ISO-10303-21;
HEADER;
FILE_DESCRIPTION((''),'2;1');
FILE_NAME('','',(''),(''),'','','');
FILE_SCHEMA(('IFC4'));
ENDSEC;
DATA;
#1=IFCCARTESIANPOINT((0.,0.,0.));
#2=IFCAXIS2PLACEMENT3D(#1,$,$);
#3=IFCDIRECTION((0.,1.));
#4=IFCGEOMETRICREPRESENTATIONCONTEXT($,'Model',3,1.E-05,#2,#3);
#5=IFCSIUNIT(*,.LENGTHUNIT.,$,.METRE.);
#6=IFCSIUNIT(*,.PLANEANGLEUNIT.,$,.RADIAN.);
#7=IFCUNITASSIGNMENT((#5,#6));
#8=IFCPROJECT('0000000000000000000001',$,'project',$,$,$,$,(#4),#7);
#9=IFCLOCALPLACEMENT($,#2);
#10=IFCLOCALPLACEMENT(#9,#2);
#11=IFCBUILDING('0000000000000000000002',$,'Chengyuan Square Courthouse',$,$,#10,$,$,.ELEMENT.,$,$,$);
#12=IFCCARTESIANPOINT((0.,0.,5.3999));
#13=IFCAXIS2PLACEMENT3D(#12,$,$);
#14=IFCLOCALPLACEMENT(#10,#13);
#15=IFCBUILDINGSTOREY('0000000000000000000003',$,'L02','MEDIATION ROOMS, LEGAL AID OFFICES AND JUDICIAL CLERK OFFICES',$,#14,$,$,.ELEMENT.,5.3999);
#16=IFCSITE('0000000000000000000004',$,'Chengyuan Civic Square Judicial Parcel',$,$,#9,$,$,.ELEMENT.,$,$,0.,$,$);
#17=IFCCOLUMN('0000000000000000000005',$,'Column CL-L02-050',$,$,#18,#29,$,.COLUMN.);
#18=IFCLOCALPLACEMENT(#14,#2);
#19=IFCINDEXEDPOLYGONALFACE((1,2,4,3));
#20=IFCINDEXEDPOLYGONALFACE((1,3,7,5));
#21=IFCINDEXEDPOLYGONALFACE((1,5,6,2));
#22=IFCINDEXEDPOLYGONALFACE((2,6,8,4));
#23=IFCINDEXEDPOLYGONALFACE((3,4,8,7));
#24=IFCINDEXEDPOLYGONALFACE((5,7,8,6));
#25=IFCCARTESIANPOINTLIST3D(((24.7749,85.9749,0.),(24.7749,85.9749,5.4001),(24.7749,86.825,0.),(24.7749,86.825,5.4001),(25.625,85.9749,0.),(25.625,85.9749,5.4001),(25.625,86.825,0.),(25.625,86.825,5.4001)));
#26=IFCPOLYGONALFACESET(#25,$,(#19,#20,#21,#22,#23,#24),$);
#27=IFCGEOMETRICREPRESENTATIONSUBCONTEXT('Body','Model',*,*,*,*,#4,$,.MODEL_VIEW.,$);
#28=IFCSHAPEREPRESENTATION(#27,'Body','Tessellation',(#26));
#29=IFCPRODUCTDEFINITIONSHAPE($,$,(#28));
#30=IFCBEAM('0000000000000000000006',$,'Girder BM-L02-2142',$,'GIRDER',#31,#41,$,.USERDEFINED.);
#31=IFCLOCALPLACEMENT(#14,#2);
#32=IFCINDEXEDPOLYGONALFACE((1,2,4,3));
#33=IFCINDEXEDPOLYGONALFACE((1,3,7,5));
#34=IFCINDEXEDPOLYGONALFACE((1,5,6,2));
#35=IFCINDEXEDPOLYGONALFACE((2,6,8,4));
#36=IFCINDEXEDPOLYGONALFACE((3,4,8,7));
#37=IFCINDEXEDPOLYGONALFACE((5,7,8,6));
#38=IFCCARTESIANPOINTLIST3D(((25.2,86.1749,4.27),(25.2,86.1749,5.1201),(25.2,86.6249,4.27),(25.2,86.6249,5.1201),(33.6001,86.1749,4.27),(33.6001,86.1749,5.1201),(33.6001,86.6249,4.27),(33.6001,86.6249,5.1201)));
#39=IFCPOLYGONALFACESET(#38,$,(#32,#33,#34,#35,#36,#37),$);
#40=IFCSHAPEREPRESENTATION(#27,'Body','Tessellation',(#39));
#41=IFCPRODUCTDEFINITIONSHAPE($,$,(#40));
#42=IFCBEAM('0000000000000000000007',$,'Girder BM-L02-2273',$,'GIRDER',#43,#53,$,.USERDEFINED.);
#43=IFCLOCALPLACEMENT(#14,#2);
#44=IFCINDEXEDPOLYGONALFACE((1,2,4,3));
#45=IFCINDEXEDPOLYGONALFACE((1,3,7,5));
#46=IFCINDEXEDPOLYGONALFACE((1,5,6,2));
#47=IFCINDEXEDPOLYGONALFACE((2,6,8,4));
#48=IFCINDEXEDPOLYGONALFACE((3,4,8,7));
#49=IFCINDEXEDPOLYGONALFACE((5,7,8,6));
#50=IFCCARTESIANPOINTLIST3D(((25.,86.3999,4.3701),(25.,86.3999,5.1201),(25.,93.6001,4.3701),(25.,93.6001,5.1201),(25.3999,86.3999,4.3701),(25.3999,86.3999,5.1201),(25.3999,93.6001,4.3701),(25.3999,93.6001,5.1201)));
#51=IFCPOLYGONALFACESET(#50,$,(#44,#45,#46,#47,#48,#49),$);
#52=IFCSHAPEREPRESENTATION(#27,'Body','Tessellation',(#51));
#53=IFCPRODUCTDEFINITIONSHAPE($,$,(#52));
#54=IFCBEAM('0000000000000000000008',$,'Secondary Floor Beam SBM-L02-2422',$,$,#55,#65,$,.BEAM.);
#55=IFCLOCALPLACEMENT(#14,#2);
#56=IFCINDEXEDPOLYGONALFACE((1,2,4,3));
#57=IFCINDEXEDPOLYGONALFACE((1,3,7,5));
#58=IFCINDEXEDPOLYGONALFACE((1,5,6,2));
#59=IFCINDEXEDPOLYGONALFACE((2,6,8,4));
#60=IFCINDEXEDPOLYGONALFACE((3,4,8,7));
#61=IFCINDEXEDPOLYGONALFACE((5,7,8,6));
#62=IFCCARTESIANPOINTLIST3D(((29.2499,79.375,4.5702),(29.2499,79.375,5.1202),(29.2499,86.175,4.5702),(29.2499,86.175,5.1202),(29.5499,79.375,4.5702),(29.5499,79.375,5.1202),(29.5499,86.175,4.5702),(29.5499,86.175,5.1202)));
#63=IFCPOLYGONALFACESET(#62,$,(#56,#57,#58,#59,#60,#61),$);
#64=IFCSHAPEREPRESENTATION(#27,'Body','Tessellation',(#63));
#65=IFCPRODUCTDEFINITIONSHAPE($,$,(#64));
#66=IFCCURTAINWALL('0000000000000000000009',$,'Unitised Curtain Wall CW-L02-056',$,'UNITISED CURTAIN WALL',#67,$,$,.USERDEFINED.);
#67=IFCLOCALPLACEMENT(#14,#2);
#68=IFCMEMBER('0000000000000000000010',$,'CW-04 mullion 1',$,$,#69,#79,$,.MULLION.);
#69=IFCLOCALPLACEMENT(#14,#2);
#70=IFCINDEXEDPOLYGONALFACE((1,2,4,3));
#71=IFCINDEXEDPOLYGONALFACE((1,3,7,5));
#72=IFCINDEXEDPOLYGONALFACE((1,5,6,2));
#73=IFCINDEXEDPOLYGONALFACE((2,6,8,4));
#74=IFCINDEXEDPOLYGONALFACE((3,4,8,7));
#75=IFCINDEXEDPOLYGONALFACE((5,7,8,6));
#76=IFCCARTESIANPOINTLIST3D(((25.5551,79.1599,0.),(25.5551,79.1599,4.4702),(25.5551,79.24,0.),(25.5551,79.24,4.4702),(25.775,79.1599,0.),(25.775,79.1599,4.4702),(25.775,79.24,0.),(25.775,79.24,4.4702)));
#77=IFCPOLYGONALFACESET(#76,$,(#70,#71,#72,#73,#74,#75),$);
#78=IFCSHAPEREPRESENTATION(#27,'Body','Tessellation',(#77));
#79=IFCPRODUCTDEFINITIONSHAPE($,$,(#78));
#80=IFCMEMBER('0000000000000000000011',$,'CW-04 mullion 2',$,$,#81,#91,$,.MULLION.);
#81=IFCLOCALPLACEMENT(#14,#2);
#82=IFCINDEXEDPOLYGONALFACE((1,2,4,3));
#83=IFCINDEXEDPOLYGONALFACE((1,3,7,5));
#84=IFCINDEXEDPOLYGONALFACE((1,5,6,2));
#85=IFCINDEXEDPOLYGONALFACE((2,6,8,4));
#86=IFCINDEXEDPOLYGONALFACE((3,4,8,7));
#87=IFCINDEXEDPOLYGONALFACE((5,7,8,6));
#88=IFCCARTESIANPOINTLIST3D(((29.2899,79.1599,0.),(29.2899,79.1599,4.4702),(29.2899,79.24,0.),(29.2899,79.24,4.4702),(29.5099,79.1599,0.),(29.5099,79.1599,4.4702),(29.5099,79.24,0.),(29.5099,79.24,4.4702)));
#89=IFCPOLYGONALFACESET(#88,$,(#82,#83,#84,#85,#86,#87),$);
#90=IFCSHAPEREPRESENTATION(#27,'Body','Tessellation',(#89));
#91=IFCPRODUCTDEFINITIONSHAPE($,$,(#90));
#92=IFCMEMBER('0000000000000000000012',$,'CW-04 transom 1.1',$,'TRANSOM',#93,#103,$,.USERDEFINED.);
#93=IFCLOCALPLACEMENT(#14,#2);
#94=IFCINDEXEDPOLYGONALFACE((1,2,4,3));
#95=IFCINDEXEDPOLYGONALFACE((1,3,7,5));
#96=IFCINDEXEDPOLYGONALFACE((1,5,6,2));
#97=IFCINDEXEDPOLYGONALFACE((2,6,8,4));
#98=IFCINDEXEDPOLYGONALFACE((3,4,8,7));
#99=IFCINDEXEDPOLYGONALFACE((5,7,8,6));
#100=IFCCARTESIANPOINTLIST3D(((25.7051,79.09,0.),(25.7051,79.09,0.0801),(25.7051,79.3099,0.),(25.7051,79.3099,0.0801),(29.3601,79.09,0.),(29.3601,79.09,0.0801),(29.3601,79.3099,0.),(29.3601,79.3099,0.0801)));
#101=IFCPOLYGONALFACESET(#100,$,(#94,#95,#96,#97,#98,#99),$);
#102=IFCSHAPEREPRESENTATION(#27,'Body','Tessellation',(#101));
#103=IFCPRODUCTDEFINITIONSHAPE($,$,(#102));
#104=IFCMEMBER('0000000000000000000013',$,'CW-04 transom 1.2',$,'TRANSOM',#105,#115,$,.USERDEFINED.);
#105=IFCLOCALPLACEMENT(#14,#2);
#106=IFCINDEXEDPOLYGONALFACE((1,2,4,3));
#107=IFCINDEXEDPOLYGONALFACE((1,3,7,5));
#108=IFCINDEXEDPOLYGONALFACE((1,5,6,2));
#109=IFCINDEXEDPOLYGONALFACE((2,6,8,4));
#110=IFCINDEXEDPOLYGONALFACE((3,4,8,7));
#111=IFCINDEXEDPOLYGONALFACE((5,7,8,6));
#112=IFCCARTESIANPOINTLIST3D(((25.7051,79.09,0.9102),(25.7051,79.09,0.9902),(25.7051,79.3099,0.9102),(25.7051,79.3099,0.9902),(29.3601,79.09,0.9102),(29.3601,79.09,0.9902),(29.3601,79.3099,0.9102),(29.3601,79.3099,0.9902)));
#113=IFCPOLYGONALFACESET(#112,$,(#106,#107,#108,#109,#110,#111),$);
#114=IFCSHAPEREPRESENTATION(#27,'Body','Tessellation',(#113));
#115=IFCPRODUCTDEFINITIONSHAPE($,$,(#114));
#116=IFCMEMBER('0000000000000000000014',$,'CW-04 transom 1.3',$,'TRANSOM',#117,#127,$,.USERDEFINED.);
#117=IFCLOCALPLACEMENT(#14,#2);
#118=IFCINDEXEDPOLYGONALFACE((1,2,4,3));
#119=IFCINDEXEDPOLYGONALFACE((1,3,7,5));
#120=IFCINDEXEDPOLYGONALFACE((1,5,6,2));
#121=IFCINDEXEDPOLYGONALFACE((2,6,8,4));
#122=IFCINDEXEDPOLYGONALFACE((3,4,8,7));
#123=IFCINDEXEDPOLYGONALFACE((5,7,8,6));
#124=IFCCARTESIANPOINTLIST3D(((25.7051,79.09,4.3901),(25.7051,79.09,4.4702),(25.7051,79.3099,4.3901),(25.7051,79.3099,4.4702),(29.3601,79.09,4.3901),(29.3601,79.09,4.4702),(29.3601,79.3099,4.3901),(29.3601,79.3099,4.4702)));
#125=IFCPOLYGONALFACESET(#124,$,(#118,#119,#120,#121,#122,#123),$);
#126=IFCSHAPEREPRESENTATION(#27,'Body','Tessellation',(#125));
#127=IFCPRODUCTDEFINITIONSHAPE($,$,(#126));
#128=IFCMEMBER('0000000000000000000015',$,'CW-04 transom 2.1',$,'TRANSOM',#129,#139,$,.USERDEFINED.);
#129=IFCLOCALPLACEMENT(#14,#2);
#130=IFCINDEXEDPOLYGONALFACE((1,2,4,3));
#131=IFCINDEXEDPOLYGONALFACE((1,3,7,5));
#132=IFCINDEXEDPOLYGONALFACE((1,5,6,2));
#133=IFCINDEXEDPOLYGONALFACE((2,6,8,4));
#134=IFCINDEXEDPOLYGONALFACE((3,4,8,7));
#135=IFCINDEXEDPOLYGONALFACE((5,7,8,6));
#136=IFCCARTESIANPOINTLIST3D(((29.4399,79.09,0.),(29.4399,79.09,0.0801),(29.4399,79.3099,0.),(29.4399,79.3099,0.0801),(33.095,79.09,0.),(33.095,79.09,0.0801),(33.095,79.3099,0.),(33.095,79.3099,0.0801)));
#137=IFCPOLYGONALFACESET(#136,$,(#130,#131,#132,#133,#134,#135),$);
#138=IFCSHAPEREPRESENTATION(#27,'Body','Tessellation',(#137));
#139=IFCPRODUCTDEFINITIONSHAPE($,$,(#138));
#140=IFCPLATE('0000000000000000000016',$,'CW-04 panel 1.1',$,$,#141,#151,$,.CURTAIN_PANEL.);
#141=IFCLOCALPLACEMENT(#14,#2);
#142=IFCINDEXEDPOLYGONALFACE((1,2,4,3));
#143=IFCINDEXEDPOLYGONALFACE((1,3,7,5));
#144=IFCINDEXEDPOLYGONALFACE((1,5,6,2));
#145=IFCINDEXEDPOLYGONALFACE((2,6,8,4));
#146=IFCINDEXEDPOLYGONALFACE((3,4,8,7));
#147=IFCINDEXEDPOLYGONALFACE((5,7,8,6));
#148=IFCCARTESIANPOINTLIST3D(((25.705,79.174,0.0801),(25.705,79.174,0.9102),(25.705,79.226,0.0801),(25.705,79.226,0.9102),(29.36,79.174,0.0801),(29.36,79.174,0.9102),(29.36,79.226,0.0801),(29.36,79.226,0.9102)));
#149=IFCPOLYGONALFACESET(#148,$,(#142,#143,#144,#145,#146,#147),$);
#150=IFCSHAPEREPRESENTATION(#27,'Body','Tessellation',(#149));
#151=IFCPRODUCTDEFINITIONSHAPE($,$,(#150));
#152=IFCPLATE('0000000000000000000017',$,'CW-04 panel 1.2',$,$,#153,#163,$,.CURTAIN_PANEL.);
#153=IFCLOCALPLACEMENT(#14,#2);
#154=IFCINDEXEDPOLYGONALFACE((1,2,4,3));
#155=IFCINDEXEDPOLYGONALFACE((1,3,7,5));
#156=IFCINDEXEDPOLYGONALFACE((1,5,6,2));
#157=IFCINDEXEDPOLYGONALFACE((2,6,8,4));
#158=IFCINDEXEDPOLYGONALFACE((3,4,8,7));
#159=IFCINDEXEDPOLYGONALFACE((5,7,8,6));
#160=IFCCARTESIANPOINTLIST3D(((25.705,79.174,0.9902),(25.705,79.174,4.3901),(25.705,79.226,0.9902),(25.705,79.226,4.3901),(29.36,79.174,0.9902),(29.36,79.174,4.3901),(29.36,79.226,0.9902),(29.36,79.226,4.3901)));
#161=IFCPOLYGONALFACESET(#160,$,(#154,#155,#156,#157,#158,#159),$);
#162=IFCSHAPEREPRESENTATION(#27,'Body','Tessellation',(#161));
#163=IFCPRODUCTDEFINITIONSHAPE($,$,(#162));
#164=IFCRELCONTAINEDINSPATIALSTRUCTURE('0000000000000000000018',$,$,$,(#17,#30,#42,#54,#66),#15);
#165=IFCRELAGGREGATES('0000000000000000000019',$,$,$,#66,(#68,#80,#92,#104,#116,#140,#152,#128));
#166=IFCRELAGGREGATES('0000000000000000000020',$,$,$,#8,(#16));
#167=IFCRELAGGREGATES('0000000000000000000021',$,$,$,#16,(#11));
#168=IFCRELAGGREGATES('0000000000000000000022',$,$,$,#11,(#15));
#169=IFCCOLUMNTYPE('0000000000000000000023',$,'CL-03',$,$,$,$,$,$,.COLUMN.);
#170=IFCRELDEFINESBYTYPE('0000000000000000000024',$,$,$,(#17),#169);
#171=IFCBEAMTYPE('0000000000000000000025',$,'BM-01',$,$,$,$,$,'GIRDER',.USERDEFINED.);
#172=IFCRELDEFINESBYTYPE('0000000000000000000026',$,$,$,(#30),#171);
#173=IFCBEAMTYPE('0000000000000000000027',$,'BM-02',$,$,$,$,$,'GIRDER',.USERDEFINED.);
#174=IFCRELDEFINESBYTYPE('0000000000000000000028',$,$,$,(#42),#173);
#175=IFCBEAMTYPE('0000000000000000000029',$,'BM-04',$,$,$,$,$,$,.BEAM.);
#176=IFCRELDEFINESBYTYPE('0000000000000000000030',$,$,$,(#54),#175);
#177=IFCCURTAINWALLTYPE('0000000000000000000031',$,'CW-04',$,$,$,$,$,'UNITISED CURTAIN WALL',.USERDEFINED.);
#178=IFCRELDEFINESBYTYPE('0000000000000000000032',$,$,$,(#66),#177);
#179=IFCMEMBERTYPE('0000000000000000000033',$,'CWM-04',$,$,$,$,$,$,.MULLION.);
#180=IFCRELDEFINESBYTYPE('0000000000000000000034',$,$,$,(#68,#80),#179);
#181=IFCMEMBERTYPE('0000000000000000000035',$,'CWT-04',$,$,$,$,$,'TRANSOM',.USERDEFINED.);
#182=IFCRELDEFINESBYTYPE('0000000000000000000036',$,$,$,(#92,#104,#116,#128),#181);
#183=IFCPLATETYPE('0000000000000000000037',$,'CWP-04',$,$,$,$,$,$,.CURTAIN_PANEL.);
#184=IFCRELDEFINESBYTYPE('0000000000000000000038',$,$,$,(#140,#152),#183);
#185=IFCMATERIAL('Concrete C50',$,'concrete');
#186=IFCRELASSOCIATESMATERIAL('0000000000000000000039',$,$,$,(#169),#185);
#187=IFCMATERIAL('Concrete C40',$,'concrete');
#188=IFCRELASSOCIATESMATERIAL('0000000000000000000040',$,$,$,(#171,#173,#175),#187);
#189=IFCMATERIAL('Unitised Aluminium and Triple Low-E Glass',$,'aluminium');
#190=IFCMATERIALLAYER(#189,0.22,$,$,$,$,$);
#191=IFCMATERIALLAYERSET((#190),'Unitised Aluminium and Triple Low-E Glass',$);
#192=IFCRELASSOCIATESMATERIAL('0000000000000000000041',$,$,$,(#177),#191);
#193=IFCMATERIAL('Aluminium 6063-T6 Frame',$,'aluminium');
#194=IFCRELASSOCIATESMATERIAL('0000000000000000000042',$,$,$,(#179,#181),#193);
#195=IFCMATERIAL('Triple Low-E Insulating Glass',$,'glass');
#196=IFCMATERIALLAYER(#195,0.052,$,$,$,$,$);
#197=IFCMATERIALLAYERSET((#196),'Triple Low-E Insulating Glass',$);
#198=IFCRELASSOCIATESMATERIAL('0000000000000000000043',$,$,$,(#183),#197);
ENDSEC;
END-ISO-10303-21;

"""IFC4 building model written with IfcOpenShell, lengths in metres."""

from ifc_helpers import new_model, si_unit, direction, frame, origin, origin_2d, place, context, subcontext, project, spatial, rectangle, extrude, material, layer, layer_set, material_profile, profile_set, type_object, element, aggregate, save


model = new_model("IFC4")

# Units and contexts
model_context = context("Model", 3, precision=1e-05, world=origin(), true_north=direction((0.0, 1.0)))
body_context = subcontext(model_context, "Body", "Model", "MODEL_VIEW")
ifc_project = project(units=[si_unit("LENGTHUNIT", "METRE"), si_unit("PLANEANGLEUNIT", "RADIAN")], contexts=[model_context])

# Site, building, storey
site_placement = place(None, origin())
site = spatial("IfcSite", under=ifc_project, at=site_placement, Name="Chengyuan Civic Square Judicial Parcel", CompositionType="ELEMENT", RefElevation=0.0)
building_placement = place(site_placement, origin())
building = spatial("IfcBuilding", under=site, at=building_placement, Name="Chengyuan Square Courthouse", CompositionType="ELEMENT")
storey_placement = place(building_placement, frame((0.0, 0.0, 5.3999)))
storey = spatial("IfcBuildingStorey", under=building, at=storey_placement, Name="L02", Description="MEDIATION ROOMS, LEGAL AID OFFICES AND JUDICIAL CLERK OFFICES", CompositionType="ELEMENT", Elevation=5.3999)

# Column
ifc_material_1 = material(Name="Concrete C50", Category="concrete")
ifc_material_profile_1 = material_profile(ifc_material_1, rectangle(XDim=0.8501, YDim=0.8501, at=origin_2d()), Name="RC-COL-850x850")
ifc_profile_set_1 = profile_set([ifc_material_profile_1], Name="Concrete C50")
column_type = type_object("IfcColumnType", Name="CL-03", PredefinedType="COLUMN", material=ifc_profile_set_1)
column_placement = place(storey_placement, frame((25.2, 86.3999, 0.0), z_axis=(0.0, 0.0, 1.0), x_axis=(1.0, 0.0, 0.0)))
element("IfcColumn", 1, at=column_placement, inside=storey, type_object=column_type, Name="Column CL-L02-050", PredefinedType="COLUMN", context=body_context, shape_type="SweptSolid", body=[
    extrude(rectangle(XDim=0.8501, YDim=0.8501, at=origin_2d()), origin(), (0.0, 0.0, 1.0), 5.4001),
])

# Beams
ifc_material_2 = material(Name="Concrete C40", Category="concrete")
ifc_material_profile_2 = material_profile(ifc_material_2, rectangle(XDim=0.45, YDim=0.8501, at=origin_2d()), Name="RC-BM-450x850")
ifc_profile_set_2 = profile_set([ifc_material_profile_2], Name="Concrete C40")
beam_type_1 = type_object("IfcBeamType", Name="BM-01", ElementType="GIRDER", PredefinedType="USERDEFINED", material=ifc_profile_set_2)
beam_1_placement = place(storey_placement, frame((25.2, 86.3999, 4.6951), z_axis=(1.0, 0.0, 0.0), x_axis=(0.0, 1.0, 0.0)))
element("IfcBeam", 2, at=beam_1_placement, inside=storey, type_object=beam_type_1, Name="Girder BM-L02-2142", ObjectType="GIRDER", PredefinedType="USERDEFINED", context=body_context, shape_type="SweptSolid", body=[
    extrude(rectangle(XDim=0.45, YDim=0.8501, at=origin_2d()), origin(), (0.0, 0.0, 1.0), 8.4001),
])
ifc_material_profile_3 = material_profile(ifc_material_2, rectangle(XDim=0.3999, YDim=0.75, at=origin_2d()), Name="RC-BM-400x750")
ifc_profile_set_3 = profile_set([ifc_material_profile_3], Name="Concrete C40")
beam_type_2 = type_object("IfcBeamType", Name="BM-02", ElementType="GIRDER", PredefinedType="USERDEFINED", material=ifc_profile_set_3)
beam_2_placement = place(storey_placement, frame((25.2, 86.3999, 4.7451), z_axis=(0.0, 1.0, 0.0), x_axis=(-1.0, 0.0, 0.0)))
element("IfcBeam", 3, at=beam_2_placement, inside=storey, type_object=beam_type_2, Name="Girder BM-L02-2273", ObjectType="GIRDER", PredefinedType="USERDEFINED", context=body_context, shape_type="SweptSolid", body=[
    extrude(rectangle(XDim=0.3999, YDim=0.75, at=origin_2d()), origin(), (0.0, 0.0, 1.0), 7.2002),
])
ifc_material_profile_4 = material_profile(ifc_material_2, rectangle(XDim=0.3, YDim=0.55, at=origin_2d()), Name="RC-BM-300x550")
ifc_profile_set_4 = profile_set([ifc_material_profile_4], Name="Concrete C40")
beam_type_3 = type_object("IfcBeamType", Name="BM-04", PredefinedType="BEAM", material=ifc_profile_set_4)
beam_3_placement = place(storey_placement, frame((29.3999, 79.375, 4.8452), z_axis=(0.0, 1.0, 0.0), x_axis=(-1.0, 0.0, 0.0)))
element("IfcBeam", 4, at=beam_3_placement, inside=storey, type_object=beam_type_3, Name="Secondary Floor Beam SBM-L02-2422", PredefinedType="BEAM", context=body_context, shape_type="SweptSolid", body=[
    extrude(rectangle(XDim=0.3, YDim=0.55, at=origin_2d()), origin(), (0.0, 0.0, 1.0), 6.8),
])

# Curtain wall, members, plates
ifc_material_3 = material(Name="Unitised Aluminium and Triple Low-E Glass", Category="aluminium")
ifc_layer_1 = layer(ifc_material_3, 0.22)
ifc_layer_set_1 = layer_set([ifc_layer_1], Name="Unitised Aluminium and Triple Low-E Glass")
curtain_wall_type = type_object("IfcCurtainWallType", Name="CW-04", ElementType="UNITISED CURTAIN WALL", PredefinedType="USERDEFINED", material=ifc_layer_set_1)
curtain_wall_placement = place(storey_placement, origin())
curtain_wall = element("IfcCurtainWall", 5, at=curtain_wall_placement, inside=storey, type_object=curtain_wall_type, Name="Unitised Curtain Wall CW-L02-056", ObjectType="UNITISED CURTAIN WALL", PredefinedType="USERDEFINED")
ifc_material_4 = material(Name="Aluminium 6063-T6 Frame", Category="aluminium")
ifc_material_profile_5 = material_profile(ifc_material_4, rectangle(XDim=0.0801, YDim=0.22, at=origin_2d()), Name="CW-MUL-80x220")
ifc_profile_set_5 = profile_set([ifc_material_profile_5], Name="Aluminium 6063-T6 Frame")
member_type_1 = type_object("IfcMemberType", Name="CWM-04", PredefinedType="MULLION", material=ifc_profile_set_5)
member_1_placement = place(storey_placement, frame((25.665, 79.2, 0.0), z_axis=(0.0, 0.0, 1.0), x_axis=(0.0, 1.0, 0.0)))
member_1 = element("IfcMember", 6, at=member_1_placement, type_object=member_type_1, Name="CW-04 mullion 1", PredefinedType="MULLION", context=body_context, shape_type="SweptSolid", body=[
    extrude(rectangle(XDim=0.0801, YDim=0.22, at=origin_2d()), origin(), (0.0, 0.0, 1.0), 4.4702),
])
member_2_placement = place(storey_placement, frame((29.3999, 79.2, 0.0), z_axis=(0.0, 0.0, 1.0), x_axis=(0.0, 1.0, 0.0)))
member_2 = element("IfcMember", 7, at=member_2_placement, type_object=member_type_1, Name="CW-04 mullion 2", PredefinedType="MULLION", context=body_context, shape_type="SweptSolid", body=[
    extrude(rectangle(XDim=0.0801, YDim=0.22, at=origin_2d()), origin(), (0.0, 0.0, 1.0), 4.4702),
])
ifc_material_profile_6 = material_profile(ifc_material_4, rectangle(XDim=0.22, YDim=0.0801, at=origin_2d()), Name="CW-TRN-80x180")
ifc_profile_set_6 = profile_set([ifc_material_profile_6], Name="Aluminium 6063-T6 Frame")
member_type_2 = type_object("IfcMemberType", Name="CWT-04", ElementType="TRANSOM", PredefinedType="USERDEFINED", material=ifc_profile_set_6)
member_3_placement = place(storey_placement, frame((25.7051, 79.2, 0.04), z_axis=(1.0, 0.0, 0.0), x_axis=(0.0, 1.0, 0.0)))
member_3 = element("IfcMember", 8, at=member_3_placement, type_object=member_type_2, Name="CW-04 transom 1.1", ObjectType="TRANSOM", PredefinedType="USERDEFINED", context=body_context, shape_type="SweptSolid", body=[
    extrude(rectangle(XDim=0.22, YDim=0.0801, at=origin_2d()), origin(), (0.0, 0.0, 1.0), 3.655),
])
member_4_placement = place(storey_placement, frame((25.7051, 79.2, 0.9502), z_axis=(1.0, 0.0, 0.0), x_axis=(0.0, 1.0, 0.0)))
member_4 = element("IfcMember", 9, at=member_4_placement, type_object=member_type_2, Name="CW-04 transom 1.2", ObjectType="TRANSOM", PredefinedType="USERDEFINED", context=body_context, shape_type="SweptSolid", body=[
    extrude(rectangle(XDim=0.22, YDim=0.0801, at=origin_2d()), origin(), (0.0, 0.0, 1.0), 3.655),
])
member_5_placement = place(storey_placement, frame((25.7051, 79.2, 4.4302), z_axis=(1.0, 0.0, 0.0), x_axis=(0.0, 1.0, 0.0)))
member_5 = element("IfcMember", 10, at=member_5_placement, type_object=member_type_2, Name="CW-04 transom 1.3", ObjectType="TRANSOM", PredefinedType="USERDEFINED", context=body_context, shape_type="SweptSolid", body=[
    extrude(rectangle(XDim=0.22, YDim=0.0801, at=origin_2d()), origin(), (0.0, 0.0, 1.0), 3.655),
])
member_6_placement = place(storey_placement, frame((29.4399, 79.2, 0.04), z_axis=(1.0, 0.0, 0.0), x_axis=(0.0, 1.0, 0.0)))
member_6 = element("IfcMember", 11, at=member_6_placement, type_object=member_type_2, Name="CW-04 transom 2.1", ObjectType="TRANSOM", PredefinedType="USERDEFINED", context=body_context, shape_type="SweptSolid", body=[
    extrude(rectangle(XDim=0.22, YDim=0.0801, at=origin_2d()), origin(), (0.0, 0.0, 1.0), 3.655),
])
ifc_material_5 = material(Name="Triple Low-E Insulating Glass", Category="glass")
ifc_layer_2 = layer(ifc_material_5, 0.052)
ifc_layer_set_2 = layer_set([ifc_layer_2], Name="Triple Low-E Insulating Glass")
plate_type = type_object("IfcPlateType", Name="CWP-04", PredefinedType="CURTAIN_PANEL", material=ifc_layer_set_2)
plate_1_placement = place(storey_placement, frame((27.5325, 79.2, 0.0801), z_axis=(0.0, 0.0, 1.0), x_axis=(1.0, 0.0, 0.0)))
plate_1 = element("IfcPlate", 12, at=plate_1_placement, type_object=plate_type, Name="CW-04 panel 1.1", PredefinedType="CURTAIN_PANEL", context=body_context, shape_type="SweptSolid", body=[
    extrude(rectangle(XDim=3.655, YDim=0.052, at=origin_2d()), origin(), (0.0, 0.0, 1.0), 0.8301),
])
plate_2_placement = place(storey_placement, frame((27.5325, 79.2, 0.9902), z_axis=(0.0, 0.0, 1.0), x_axis=(1.0, 0.0, 0.0)))
plate_2 = element("IfcPlate", 13, at=plate_2_placement, type_object=plate_type, Name="CW-04 panel 1.2", PredefinedType="CURTAIN_PANEL", context=body_context, shape_type="SweptSolid", body=[
    extrude(rectangle(XDim=3.655, YDim=0.052, at=origin_2d()), origin(), (0.0, 0.0, 1.0), 3.3999),
])
aggregate(curtain_wall, [member_1, member_2, member_3, member_4, member_5, plate_1, plate_2, member_6])

save(model, "model.ifc")
